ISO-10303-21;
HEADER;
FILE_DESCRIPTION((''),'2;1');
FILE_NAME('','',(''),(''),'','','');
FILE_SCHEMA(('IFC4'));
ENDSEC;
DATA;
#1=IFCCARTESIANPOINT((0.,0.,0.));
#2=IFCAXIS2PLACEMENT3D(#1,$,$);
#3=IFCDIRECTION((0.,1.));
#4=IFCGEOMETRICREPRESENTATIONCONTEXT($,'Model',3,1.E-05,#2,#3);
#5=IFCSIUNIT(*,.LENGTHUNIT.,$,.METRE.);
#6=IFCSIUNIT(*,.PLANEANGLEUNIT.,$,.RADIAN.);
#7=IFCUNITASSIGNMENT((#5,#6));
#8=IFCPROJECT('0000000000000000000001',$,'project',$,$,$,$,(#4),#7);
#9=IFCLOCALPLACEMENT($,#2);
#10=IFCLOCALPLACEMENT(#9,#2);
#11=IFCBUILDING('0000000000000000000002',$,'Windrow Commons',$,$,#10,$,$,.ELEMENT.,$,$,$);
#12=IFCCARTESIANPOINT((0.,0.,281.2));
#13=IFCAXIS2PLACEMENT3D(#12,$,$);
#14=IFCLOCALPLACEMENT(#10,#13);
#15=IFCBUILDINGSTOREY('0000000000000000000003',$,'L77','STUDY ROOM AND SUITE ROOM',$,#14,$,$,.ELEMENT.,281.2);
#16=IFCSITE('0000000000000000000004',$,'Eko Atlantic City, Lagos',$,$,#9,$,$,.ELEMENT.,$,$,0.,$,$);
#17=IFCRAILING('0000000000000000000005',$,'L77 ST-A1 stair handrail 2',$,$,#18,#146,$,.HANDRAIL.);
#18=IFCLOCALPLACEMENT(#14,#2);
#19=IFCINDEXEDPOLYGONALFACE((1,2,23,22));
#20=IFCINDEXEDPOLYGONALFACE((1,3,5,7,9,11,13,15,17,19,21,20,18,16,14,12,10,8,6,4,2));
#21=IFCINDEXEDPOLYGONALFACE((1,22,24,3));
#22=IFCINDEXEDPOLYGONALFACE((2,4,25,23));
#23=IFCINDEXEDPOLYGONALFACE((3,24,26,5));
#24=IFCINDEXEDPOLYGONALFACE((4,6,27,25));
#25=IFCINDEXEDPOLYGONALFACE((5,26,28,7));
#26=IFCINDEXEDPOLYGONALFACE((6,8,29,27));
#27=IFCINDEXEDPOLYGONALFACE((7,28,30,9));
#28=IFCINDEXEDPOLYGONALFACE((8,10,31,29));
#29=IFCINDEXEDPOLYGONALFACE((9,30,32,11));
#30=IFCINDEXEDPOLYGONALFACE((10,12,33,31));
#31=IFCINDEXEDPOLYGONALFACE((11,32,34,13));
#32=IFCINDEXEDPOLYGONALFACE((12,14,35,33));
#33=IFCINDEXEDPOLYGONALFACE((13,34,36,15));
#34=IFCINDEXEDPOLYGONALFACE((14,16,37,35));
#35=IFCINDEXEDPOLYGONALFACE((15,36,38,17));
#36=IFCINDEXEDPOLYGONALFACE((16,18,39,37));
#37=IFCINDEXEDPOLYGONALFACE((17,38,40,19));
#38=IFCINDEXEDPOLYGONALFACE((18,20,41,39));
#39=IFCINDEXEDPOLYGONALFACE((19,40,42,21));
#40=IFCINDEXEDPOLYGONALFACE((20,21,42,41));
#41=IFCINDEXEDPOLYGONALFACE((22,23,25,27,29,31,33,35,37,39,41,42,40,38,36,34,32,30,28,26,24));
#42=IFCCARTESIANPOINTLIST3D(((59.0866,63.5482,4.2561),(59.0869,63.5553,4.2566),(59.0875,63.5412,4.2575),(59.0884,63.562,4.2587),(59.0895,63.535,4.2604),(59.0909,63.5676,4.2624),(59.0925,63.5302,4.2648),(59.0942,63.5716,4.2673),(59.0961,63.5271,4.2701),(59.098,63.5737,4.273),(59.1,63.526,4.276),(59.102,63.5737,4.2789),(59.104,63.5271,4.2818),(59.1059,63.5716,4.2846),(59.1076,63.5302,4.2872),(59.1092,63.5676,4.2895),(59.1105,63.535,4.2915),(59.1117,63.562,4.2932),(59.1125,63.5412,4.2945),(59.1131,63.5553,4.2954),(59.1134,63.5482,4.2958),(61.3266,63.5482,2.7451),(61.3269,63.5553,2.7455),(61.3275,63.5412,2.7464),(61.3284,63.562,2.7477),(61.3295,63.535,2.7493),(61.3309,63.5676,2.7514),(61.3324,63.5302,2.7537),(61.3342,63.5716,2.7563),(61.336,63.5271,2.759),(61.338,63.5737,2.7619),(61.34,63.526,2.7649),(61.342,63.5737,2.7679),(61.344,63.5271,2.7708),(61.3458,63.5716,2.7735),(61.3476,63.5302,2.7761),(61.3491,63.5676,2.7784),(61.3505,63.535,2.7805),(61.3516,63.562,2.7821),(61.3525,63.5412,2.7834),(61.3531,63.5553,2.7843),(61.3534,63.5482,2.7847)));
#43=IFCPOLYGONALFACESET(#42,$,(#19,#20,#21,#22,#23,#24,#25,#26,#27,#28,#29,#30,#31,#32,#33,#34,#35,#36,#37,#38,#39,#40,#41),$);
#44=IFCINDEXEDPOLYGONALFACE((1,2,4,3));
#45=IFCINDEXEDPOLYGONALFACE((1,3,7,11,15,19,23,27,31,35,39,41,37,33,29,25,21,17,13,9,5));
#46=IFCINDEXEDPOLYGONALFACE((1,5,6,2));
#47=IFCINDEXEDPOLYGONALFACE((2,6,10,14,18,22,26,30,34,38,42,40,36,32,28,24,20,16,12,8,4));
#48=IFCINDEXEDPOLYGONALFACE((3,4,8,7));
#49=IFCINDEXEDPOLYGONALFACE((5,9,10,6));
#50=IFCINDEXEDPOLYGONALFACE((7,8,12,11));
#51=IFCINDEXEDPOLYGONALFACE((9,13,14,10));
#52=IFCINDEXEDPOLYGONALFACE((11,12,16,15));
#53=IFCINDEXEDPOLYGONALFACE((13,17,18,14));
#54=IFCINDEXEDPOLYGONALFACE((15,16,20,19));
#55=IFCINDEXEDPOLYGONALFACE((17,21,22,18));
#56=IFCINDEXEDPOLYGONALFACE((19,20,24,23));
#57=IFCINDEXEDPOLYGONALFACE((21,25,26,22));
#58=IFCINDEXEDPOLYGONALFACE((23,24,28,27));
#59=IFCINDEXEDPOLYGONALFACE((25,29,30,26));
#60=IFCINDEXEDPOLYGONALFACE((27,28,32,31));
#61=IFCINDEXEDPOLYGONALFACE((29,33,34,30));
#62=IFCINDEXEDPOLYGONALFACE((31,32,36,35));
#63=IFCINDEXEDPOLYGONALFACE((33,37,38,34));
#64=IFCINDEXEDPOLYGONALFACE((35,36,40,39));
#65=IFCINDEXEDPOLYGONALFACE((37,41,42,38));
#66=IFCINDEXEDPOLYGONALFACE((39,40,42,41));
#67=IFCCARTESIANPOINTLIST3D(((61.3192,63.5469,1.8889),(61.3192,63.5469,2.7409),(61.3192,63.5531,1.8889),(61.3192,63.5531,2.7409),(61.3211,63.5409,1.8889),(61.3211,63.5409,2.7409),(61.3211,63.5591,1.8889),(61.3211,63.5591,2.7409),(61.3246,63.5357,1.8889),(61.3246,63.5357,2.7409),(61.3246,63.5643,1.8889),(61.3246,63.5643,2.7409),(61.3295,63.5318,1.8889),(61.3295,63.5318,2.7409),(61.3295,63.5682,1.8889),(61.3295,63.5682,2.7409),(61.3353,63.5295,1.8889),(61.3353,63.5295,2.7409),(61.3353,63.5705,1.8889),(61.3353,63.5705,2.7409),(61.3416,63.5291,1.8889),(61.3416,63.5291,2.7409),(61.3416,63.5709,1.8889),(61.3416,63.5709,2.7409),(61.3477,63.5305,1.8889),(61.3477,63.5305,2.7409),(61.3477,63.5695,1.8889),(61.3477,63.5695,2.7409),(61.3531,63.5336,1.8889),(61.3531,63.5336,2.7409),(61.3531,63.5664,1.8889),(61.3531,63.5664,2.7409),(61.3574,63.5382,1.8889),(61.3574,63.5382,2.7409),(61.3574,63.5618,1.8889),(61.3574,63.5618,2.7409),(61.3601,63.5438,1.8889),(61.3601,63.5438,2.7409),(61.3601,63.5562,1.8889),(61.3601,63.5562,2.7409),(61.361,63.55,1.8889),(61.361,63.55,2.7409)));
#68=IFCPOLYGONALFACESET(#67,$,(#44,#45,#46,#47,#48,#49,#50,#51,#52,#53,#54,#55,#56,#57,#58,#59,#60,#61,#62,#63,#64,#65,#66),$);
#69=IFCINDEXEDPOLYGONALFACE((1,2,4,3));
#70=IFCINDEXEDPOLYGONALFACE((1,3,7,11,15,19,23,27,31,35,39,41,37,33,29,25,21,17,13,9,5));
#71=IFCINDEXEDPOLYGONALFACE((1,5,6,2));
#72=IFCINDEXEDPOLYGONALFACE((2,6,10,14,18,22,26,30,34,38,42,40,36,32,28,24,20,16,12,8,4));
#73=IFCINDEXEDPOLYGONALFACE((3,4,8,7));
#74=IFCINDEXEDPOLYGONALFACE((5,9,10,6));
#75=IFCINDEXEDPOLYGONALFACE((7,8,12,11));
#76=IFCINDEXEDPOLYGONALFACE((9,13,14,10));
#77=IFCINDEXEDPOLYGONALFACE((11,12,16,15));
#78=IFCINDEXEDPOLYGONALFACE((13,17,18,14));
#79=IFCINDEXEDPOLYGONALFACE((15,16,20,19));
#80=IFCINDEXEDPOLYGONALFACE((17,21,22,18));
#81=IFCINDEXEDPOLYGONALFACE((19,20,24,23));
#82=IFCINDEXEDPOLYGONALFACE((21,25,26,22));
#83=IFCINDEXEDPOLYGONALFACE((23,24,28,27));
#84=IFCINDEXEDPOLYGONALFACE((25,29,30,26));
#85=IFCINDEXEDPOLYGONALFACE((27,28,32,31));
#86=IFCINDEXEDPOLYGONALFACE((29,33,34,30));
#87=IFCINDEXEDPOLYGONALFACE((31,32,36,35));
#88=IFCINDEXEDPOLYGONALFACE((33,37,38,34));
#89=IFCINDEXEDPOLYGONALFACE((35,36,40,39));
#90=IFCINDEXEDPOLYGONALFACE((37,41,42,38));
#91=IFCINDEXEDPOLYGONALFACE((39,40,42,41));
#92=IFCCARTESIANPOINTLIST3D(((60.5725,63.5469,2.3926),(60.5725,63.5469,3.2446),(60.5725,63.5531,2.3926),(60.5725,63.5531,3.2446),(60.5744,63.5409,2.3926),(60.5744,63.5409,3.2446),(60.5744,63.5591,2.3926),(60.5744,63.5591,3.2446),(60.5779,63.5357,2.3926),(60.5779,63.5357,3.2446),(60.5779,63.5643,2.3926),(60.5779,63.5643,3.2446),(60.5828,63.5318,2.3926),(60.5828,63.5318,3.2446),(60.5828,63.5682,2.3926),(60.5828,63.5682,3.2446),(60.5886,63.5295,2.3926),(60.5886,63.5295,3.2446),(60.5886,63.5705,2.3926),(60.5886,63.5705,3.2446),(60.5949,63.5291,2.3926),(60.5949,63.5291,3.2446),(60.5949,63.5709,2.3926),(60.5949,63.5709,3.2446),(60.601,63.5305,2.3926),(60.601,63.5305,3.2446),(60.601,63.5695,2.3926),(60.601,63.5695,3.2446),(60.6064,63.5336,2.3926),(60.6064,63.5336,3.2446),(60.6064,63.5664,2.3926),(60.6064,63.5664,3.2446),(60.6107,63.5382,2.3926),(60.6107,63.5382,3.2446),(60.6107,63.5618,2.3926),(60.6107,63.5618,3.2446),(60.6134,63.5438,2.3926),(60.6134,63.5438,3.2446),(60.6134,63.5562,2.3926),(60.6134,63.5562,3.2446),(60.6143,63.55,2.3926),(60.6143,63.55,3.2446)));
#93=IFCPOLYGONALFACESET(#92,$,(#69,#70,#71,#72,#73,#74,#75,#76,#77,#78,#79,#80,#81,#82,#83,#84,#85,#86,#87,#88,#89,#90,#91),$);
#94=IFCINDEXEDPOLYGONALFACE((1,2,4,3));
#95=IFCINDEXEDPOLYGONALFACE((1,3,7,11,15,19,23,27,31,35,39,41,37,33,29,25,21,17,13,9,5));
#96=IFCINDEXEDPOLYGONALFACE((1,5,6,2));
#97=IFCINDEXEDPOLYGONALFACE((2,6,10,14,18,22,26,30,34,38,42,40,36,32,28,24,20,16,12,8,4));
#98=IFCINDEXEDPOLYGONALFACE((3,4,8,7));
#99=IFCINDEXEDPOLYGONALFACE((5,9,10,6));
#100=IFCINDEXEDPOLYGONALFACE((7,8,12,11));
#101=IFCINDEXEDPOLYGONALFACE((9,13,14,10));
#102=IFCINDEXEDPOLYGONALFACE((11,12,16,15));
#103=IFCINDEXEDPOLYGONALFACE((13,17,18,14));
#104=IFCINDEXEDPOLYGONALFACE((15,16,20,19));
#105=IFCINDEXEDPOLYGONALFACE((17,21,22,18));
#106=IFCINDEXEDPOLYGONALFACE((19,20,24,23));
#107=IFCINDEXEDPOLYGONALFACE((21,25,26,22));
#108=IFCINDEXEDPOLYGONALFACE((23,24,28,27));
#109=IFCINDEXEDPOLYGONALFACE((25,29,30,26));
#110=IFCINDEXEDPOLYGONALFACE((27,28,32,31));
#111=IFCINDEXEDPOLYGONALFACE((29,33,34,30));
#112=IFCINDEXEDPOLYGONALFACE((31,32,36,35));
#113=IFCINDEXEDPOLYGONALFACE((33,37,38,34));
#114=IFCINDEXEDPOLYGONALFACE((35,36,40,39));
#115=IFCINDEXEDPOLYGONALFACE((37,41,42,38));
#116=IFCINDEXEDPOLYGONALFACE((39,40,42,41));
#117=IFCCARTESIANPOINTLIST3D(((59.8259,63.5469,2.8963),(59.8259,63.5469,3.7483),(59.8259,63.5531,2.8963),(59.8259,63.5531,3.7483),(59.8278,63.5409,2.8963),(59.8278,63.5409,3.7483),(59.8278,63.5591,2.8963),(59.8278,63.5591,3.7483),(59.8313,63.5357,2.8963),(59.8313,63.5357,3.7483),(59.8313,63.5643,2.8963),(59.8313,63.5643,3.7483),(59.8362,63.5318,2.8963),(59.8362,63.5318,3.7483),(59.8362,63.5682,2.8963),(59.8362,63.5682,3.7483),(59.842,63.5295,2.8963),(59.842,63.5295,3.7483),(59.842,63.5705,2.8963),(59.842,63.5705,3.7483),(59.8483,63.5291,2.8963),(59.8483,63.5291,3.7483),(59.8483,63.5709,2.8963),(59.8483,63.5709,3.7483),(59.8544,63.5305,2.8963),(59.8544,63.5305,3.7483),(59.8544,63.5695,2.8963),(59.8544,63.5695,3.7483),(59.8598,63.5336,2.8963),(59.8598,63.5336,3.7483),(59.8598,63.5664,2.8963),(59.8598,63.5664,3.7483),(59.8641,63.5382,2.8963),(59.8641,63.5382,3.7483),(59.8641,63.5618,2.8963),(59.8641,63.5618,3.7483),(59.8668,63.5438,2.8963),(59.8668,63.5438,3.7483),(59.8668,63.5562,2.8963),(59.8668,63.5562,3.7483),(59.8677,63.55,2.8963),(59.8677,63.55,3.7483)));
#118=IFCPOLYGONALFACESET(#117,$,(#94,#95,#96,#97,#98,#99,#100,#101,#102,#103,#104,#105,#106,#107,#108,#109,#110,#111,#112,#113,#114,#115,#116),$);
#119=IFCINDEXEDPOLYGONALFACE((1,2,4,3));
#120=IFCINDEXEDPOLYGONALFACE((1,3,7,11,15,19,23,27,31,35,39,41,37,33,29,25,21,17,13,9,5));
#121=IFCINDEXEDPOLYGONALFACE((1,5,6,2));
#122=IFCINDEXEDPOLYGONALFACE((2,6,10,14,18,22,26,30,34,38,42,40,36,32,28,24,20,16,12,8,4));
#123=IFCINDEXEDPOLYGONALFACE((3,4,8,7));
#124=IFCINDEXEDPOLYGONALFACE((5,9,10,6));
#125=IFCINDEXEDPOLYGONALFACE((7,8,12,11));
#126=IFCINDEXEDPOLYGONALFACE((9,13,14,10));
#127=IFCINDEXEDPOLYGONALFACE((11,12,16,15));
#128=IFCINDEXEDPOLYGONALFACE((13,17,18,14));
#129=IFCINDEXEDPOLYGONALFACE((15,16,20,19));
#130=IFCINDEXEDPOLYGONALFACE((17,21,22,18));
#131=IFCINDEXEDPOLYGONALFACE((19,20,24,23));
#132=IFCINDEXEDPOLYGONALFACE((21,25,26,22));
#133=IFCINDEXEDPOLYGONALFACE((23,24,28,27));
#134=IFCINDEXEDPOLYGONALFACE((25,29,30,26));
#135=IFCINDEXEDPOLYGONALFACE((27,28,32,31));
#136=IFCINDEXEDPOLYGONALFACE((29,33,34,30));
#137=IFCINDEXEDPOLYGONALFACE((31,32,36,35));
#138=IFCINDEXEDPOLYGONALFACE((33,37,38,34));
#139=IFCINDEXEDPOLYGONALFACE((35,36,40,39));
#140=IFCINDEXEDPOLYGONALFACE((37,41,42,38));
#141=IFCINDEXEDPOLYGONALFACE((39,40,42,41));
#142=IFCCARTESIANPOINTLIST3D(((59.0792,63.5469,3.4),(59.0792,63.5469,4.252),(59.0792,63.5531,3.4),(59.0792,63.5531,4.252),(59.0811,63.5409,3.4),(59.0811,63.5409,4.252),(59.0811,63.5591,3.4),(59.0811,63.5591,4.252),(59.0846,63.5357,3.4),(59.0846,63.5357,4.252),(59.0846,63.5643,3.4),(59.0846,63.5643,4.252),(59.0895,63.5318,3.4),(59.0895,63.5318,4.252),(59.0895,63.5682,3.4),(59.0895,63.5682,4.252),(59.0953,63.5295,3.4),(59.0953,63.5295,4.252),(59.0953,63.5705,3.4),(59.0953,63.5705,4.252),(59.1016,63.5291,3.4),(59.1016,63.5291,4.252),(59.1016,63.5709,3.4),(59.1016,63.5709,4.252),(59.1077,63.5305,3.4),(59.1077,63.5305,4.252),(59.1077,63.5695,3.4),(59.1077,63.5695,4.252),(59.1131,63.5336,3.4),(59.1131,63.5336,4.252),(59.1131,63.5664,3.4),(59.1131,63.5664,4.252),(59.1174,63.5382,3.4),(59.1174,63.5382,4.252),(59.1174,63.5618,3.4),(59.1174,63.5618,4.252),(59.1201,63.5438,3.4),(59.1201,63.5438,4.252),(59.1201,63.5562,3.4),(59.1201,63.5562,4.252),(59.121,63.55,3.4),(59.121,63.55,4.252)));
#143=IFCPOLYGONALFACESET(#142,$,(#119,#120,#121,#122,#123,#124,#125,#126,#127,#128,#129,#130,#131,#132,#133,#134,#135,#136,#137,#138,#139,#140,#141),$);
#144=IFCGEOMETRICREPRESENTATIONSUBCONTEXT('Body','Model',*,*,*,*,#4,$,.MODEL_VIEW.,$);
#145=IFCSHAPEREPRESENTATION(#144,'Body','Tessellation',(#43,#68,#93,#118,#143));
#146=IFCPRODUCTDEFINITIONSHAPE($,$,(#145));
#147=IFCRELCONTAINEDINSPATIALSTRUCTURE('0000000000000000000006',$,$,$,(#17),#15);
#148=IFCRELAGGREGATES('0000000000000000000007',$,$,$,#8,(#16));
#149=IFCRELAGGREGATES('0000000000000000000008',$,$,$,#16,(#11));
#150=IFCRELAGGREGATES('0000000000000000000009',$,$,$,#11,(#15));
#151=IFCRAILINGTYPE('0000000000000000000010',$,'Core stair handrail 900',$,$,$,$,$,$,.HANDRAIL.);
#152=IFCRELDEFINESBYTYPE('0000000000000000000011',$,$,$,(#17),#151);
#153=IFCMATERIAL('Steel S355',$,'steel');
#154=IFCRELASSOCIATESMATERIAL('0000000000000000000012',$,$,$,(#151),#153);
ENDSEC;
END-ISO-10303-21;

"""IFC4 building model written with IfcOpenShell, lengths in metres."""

from ifc_helpers import new_model, si_unit, direction, frame, origin, origin_2d, place, context, subcontext, project, spatial, circle, extrude, material, type_object, element, save


model = new_model("IFC4")

# Units and contexts
model_context = context("Model", 3, precision=1e-05, world=origin(), true_north=direction((0.0, 1.0)))
body_context = subcontext(model_context, "Body", "Model", "MODEL_VIEW")
ifc_project = project(units=[si_unit("LENGTHUNIT", "METRE"), si_unit("PLANEANGLEUNIT", "RADIAN")], contexts=[model_context])

# Site, building, storey
site_placement = place(None, origin())
site = spatial("IfcSite", under=ifc_project, at=site_placement, Name="Eko Atlantic City, Lagos", CompositionType="ELEMENT", RefElevation=0.0)
building_placement = place(site_placement, origin())
building = spatial("IfcBuilding", under=site, at=building_placement, Name="Windrow Commons", CompositionType="ELEMENT")
storey_placement = place(building_placement, frame((0.0, 0.0, 281.2)))
storey = spatial("IfcBuildingStorey", under=building, at=storey_placement, Name="L77", Description="STUDY ROOM AND SUITE ROOM", CompositionType="ELEMENT", Elevation=281.2)

# Railing
ifc_material_1 = material(Name="Steel S355", Category="steel")
railing_type_1 = type_object("IfcRailingType", Name="Core stair handrail 900", PredefinedType="HANDRAIL", material=ifc_material_1)
railing_1_placement = place(storey_placement, frame((61.34, 63.55, 1.8889)))
element("IfcRailing", 1, at=railing_1_placement, inside=storey, type_object=railing_type_1, Name="L77 ST-A1 stair handrail 2", PredefinedType="HANDRAIL", context=body_context, shape_type="SweptSolid", body=[
    extrude(circle(Radius=0.024, at=origin_2d()), frame((0.0, 0.0, 0.876), z_axis=(-0.829003, 0.0, 0.559244), x_axis=(0.0, -1.0, 0.0)), (0.0, 0.0, 1.0), 2.702),
    extrude(circle(Radius=0.021, at=origin_2d()), origin(), (0.0, 0.0, 1.0), 0.852),
    extrude(circle(Radius=0.021, at=origin_2d()), frame((-0.7467, 0.0, 0.5037)), (0.0, 0.0, 1.0), 0.852),
    extrude(circle(Radius=0.021, at=origin_2d()), frame((-1.4933, 0.0, 1.0074)), (0.0, 0.0, 1.0), 0.852),
    extrude(circle(Radius=0.021, at=origin_2d()), frame((-2.24, 0.0, 1.5111)), (0.0, 0.0, 1.0), 0.852),
])

save(model, "model.ifc")
